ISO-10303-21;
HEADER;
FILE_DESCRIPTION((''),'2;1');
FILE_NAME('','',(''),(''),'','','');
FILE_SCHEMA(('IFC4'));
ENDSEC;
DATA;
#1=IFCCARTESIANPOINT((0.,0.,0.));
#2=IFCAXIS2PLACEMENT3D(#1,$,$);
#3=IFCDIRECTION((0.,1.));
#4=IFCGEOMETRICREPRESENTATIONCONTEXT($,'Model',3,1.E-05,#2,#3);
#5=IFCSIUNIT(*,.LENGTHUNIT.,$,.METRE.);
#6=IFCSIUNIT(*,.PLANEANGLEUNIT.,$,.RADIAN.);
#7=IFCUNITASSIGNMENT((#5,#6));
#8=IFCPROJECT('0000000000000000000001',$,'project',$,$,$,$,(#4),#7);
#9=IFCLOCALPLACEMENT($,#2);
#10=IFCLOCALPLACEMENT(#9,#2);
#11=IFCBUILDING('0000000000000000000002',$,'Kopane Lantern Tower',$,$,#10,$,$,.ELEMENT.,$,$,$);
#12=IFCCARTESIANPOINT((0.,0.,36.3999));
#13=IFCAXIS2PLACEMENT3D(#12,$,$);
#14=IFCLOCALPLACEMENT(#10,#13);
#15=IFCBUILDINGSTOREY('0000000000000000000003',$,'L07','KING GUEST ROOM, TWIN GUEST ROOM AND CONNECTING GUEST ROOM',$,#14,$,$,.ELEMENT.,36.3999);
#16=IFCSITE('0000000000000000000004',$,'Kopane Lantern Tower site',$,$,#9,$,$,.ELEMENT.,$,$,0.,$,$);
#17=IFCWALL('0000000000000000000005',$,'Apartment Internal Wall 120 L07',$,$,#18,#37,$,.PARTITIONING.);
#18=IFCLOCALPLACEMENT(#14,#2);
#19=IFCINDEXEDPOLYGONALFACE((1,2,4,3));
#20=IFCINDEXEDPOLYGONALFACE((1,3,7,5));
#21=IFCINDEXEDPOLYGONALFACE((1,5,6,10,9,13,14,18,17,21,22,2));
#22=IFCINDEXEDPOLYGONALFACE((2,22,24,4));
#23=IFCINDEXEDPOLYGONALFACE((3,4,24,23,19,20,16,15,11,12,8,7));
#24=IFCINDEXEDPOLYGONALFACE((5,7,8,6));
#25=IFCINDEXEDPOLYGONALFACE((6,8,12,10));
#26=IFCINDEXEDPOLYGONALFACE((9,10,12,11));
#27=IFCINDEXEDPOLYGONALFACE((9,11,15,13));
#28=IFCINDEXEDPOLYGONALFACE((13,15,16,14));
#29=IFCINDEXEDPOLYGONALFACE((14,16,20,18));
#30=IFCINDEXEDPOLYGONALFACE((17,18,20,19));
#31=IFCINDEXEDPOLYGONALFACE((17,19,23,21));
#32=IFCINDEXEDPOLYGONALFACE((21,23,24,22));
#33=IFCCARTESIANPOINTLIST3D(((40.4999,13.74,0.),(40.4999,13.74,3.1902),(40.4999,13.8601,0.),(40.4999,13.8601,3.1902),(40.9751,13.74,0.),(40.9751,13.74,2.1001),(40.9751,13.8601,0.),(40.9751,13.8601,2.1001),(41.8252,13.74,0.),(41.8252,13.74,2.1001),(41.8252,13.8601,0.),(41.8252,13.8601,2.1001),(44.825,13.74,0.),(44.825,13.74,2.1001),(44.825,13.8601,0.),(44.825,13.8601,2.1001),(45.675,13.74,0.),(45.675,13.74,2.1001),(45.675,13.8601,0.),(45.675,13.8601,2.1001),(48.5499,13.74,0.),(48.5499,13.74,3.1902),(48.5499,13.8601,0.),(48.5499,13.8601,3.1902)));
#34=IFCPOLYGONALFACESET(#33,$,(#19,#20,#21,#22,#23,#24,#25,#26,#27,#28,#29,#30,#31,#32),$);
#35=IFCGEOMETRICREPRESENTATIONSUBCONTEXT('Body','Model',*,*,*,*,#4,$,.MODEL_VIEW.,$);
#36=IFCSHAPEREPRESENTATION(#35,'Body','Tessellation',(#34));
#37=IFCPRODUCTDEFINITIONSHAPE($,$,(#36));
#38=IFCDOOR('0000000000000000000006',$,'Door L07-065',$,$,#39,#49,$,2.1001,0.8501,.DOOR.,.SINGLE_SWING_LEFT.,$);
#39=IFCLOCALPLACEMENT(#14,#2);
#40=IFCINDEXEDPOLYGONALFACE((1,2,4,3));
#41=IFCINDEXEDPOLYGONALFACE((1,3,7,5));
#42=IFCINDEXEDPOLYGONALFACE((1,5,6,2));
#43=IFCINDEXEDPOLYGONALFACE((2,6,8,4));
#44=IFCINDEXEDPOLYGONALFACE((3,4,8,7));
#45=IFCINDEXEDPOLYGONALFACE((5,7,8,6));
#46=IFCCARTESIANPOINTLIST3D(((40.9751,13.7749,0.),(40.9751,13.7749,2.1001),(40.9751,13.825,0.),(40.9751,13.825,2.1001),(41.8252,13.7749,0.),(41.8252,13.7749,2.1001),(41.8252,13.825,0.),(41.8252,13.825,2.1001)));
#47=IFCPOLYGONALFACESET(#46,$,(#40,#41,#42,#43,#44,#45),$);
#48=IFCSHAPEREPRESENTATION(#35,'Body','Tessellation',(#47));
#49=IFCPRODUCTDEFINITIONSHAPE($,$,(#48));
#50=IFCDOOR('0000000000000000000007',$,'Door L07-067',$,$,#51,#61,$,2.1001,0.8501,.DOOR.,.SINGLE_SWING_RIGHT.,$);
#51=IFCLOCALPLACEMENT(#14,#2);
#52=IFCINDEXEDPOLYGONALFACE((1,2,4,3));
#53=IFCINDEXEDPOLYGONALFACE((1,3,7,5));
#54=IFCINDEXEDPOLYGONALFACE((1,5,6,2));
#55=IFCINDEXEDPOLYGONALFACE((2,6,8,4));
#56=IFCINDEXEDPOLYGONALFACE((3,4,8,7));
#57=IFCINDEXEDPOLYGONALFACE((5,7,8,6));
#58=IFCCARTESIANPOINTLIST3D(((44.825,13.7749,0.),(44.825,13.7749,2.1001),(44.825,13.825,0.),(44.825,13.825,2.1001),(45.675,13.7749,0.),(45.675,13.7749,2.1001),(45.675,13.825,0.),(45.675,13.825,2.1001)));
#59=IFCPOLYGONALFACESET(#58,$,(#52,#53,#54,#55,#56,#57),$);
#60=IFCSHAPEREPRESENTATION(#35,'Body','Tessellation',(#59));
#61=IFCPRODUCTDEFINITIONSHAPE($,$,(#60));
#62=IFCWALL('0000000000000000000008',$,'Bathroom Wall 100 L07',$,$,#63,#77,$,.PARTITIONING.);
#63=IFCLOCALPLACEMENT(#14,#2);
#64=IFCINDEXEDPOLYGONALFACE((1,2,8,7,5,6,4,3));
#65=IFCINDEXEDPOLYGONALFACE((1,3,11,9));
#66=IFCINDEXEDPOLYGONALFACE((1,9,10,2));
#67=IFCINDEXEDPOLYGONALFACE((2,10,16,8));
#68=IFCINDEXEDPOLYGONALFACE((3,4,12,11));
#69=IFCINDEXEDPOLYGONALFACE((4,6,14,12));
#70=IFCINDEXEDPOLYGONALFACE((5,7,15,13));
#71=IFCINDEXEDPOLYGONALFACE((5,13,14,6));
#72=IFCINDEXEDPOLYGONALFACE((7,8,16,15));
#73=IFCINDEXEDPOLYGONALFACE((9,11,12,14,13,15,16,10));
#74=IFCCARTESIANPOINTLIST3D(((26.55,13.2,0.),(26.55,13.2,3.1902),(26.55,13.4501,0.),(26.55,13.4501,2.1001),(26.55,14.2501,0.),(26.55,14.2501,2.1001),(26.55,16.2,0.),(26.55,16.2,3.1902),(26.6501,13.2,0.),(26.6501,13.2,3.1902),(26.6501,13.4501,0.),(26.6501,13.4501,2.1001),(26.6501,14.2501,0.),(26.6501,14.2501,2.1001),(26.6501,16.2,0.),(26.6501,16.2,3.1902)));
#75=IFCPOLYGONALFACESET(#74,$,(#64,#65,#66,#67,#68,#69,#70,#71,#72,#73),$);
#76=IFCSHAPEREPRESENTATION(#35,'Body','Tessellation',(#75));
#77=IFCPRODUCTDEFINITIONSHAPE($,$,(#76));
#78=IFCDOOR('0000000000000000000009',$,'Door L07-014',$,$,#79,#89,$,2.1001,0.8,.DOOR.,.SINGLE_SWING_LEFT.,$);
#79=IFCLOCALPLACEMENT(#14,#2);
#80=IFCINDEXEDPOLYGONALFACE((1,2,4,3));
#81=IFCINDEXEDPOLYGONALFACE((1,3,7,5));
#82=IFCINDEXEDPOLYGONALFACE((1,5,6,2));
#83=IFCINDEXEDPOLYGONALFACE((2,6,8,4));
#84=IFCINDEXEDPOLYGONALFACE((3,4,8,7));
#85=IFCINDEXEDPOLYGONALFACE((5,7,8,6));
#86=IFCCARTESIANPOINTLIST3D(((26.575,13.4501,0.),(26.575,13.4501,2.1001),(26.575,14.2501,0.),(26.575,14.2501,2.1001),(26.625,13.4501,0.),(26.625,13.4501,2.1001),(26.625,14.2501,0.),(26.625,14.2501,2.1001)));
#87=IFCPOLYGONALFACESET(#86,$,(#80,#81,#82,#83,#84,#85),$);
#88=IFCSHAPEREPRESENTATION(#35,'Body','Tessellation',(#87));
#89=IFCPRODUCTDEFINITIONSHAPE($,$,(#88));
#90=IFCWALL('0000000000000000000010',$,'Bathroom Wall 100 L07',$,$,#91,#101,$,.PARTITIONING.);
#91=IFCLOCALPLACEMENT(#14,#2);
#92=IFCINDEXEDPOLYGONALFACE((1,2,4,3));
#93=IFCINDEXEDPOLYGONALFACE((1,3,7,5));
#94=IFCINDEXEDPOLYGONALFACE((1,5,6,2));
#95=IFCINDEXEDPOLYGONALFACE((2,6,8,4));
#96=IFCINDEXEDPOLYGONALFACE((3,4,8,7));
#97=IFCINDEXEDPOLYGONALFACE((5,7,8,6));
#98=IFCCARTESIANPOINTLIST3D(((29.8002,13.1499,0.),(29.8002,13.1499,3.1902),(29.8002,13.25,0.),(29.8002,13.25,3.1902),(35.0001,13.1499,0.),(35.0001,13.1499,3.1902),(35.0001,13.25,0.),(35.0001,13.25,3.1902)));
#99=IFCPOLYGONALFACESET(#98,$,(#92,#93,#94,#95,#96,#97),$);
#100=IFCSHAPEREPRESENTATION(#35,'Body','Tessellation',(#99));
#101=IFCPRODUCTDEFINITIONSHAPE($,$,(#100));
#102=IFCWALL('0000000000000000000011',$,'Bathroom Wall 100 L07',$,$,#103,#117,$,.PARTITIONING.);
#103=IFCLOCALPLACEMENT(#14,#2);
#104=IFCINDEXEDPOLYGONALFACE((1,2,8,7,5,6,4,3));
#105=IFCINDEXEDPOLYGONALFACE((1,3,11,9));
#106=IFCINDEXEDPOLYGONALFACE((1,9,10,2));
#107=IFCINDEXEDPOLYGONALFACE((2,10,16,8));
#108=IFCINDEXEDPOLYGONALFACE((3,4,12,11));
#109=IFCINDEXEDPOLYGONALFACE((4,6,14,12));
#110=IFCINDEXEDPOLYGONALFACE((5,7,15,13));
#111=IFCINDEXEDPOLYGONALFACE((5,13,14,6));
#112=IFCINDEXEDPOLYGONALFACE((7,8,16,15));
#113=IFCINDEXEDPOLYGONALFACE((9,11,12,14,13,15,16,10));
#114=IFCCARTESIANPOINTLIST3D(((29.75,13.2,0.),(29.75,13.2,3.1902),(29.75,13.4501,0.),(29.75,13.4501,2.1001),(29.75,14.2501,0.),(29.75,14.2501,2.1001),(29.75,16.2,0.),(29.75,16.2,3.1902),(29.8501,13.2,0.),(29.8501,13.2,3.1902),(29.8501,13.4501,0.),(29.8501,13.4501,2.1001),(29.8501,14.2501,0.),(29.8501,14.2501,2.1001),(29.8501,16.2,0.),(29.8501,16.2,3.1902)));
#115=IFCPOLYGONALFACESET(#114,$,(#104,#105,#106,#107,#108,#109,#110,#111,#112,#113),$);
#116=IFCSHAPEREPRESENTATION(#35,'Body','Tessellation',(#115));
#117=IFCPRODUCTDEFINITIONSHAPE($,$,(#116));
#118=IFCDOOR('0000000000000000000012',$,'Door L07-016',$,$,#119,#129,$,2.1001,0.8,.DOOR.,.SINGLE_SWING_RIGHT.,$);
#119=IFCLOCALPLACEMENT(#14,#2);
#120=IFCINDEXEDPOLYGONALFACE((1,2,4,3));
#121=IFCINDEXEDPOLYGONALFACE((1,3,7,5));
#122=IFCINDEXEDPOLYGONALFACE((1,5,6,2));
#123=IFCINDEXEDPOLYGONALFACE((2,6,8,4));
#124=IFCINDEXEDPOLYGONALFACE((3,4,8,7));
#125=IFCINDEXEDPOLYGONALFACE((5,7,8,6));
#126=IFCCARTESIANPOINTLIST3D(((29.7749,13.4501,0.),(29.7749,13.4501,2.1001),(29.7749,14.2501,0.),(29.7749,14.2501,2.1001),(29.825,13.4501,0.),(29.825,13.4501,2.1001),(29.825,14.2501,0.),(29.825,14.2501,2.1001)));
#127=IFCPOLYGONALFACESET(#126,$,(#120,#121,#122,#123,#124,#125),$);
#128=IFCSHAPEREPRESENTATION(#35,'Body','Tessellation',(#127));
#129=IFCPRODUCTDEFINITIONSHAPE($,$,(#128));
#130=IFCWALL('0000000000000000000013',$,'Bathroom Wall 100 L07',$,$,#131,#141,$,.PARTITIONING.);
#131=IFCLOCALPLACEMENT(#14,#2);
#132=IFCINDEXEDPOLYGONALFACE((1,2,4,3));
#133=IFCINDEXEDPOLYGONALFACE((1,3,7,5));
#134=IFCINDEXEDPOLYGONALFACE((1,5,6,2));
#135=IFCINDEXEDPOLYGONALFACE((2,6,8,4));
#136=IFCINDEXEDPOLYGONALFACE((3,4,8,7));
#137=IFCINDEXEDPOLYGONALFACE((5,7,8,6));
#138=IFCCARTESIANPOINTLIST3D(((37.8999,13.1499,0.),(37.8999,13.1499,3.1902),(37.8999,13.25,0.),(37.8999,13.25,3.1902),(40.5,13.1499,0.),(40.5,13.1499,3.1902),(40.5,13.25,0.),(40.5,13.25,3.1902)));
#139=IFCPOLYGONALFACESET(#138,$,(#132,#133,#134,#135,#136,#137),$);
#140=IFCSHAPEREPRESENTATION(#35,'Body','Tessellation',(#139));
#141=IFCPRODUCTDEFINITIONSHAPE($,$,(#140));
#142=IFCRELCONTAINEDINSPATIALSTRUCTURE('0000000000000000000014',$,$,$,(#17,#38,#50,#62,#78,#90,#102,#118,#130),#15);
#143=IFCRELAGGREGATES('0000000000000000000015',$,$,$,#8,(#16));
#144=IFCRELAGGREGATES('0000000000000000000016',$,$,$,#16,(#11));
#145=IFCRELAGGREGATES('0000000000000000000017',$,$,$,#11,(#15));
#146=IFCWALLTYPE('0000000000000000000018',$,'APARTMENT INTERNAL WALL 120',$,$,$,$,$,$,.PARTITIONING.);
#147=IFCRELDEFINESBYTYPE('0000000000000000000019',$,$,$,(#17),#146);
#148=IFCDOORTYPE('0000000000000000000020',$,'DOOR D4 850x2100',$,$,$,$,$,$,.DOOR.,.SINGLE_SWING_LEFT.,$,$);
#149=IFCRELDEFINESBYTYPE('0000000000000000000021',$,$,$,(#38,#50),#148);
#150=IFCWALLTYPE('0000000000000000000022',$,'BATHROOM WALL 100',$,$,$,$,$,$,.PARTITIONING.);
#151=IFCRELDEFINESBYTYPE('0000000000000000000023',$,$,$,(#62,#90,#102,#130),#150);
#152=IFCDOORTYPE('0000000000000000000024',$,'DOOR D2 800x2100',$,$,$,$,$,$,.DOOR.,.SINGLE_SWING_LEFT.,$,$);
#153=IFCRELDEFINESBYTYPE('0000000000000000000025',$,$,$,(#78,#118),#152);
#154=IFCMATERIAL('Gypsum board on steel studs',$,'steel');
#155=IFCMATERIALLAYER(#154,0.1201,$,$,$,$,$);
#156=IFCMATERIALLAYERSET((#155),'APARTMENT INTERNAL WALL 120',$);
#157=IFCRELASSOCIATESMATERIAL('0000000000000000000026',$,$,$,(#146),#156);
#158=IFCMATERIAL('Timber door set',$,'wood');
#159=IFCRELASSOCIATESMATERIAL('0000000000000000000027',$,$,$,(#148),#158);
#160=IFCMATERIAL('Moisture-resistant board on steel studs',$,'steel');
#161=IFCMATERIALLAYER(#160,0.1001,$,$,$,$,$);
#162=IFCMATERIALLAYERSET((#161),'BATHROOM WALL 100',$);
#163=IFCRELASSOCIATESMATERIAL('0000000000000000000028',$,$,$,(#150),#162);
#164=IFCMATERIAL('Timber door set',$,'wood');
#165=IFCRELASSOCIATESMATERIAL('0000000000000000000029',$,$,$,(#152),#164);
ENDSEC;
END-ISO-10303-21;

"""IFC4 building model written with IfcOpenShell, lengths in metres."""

from ifc_helpers import new_model, si_unit, direction, frame, frame_2d, origin, place, context, subcontext, project, spatial, rectangle, extrude, material, layer, layer_set, type_object, element, fill, save


model = new_model("IFC4")

# Units and contexts
model_context = context("Model", 3, precision=1e-05, world=origin(), true_north=direction((0.0, 1.0)))
body_context = subcontext(model_context, "Body", "Model", "MODEL_VIEW")
ifc_project = project(units=[si_unit("LENGTHUNIT", "METRE"), si_unit("PLANEANGLEUNIT", "RADIAN")], contexts=[model_context])

# Site, building, storey
site_placement = place(None, origin())
site = spatial("IfcSite", under=ifc_project, at=site_placement, Name="Kopane Lantern Tower site", CompositionType="ELEMENT", RefElevation=0.0)
building_placement = place(site_placement, origin())
building = spatial("IfcBuilding", under=site, at=building_placement, Name="Kopane Lantern Tower", CompositionType="ELEMENT")
storey_placement = place(building_placement, frame((0.0, 0.0, 36.3999)))
storey = spatial("IfcBuildingStorey", under=building, at=storey_placement, Name="L07", Description="KING GUEST ROOM, TWIN GUEST ROOM AND CONNECTING GUEST ROOM", CompositionType="ELEMENT", Elevation=36.3999)

# Wall, openings, doors
ifc_material_1 = material(Name="Gypsum board on steel studs", Category="steel")
ifc_layer_1 = layer(ifc_material_1, 0.1201)
ifc_layer_set_1 = layer_set([ifc_layer_1], Name="APARTMENT INTERNAL WALL 120")
wall_type_1 = type_object("IfcWallType", Name="APARTMENT INTERNAL WALL 120", PredefinedType="PARTITIONING", material=ifc_layer_set_1)
wall_1_placement = place(storey_placement, frame((40.5, 13.8, 0.0), z_axis=(0.0, 0.0, 1.0), x_axis=(1.0, 0.0, 0.0)))
wall_1 = element("IfcWall", 1, at=wall_1_placement, inside=storey, type_object=wall_type_1, Name="Apartment Internal Wall 120 L07", PredefinedType="PARTITIONING", context=body_context, shape_type="SweptSolid", body=[
    extrude(rectangle(XDim=8.05, YDim=0.1201, at=frame_2d((4.0249, 0.0))), origin(), (0.0, 0.0, 1.0), 3.1902),
])
opening_1_placement = place(wall_1_placement, frame((0.4751, 0.0, 0.0)))
opening_1 = element("IfcOpeningElement", 2, at=opening_1_placement, cuts=wall_1, PredefinedType="OPENING", context=body_context, shape_type="SweptSolid", body=[
    extrude(rectangle(XDim=0.8501, YDim=2.1001, at=frame_2d((0.425, 1.05))), frame((0.0, 0.0701, 0.0), z_axis=(0.0, -1.0, 0.0), x_axis=(1.0, 0.0, 0.0)), (0.0, 0.0, 1.0), 0.1401),
])
opening_2_placement = place(wall_1_placement, frame((4.325, 0.0, 0.0)))
opening_2 = element("IfcOpeningElement", 3, at=opening_2_placement, cuts=wall_1, PredefinedType="OPENING", context=body_context, shape_type="SweptSolid", body=[
    extrude(rectangle(XDim=0.8501, YDim=2.1001, at=frame_2d((0.425, 1.05))), frame((0.0, 0.0701, 0.0), z_axis=(0.0, -1.0, 0.0), x_axis=(1.0, 0.0, 0.0)), (0.0, 0.0, 1.0), 0.1401),
])
ifc_material_2 = material(Name="Timber door set", Category="wood")
door_type_1 = type_object("IfcDoorType", Name="DOOR D4 850x2100", OperationType="SINGLE_SWING_LEFT", PredefinedType="DOOR", material=ifc_material_2)
door_1_placement = place(opening_1_placement, origin())
door_1 = element("IfcDoor", 4, at=door_1_placement, inside=storey, type_object=door_type_1, Name="Door L07-065", OperationType="SINGLE_SWING_LEFT", OverallHeight=2.1001, OverallWidth=0.8501, PredefinedType="DOOR", context=body_context, shape_type="SweptSolid", body=[
    extrude(rectangle(XDim=0.8501, YDim=2.1001, at=frame_2d((0.425, 1.05))), frame((0.0, 0.0249, 0.0), z_axis=(0.0, -1.0, 0.0), x_axis=(1.0, 0.0, 0.0)), (0.0, 0.0, 1.0), 0.05),
])
fill(opening_1, door_1)
door_2_placement = place(opening_2_placement, origin())
door_2 = element("IfcDoor", 5, at=door_2_placement, inside=storey, type_object=door_type_1, Name="Door L07-067", OperationType="SINGLE_SWING_RIGHT", OverallHeight=2.1001, OverallWidth=0.8501, PredefinedType="DOOR", context=body_context, shape_type="SweptSolid", body=[
    extrude(rectangle(XDim=0.8501, YDim=2.1001, at=frame_2d((0.425, 1.05))), frame((0.0, 0.0249, 0.0), z_axis=(0.0, -1.0, 0.0), x_axis=(1.0, 0.0, 0.0)), (0.0, 0.0, 1.0), 0.05),
])
fill(opening_2, door_2)

# Wall, opening, door
ifc_material_3 = material(Name="Moisture-resistant board on steel studs", Category="steel")
ifc_layer_2 = layer(ifc_material_3, 0.1001)
ifc_layer_set_2 = layer_set([ifc_layer_2], Name="BATHROOM WALL 100")
wall_type_2 = type_object("IfcWallType", Name="BATHROOM WALL 100", PredefinedType="PARTITIONING", material=ifc_layer_set_2)
wall_2_placement = place(storey_placement, frame((26.6001, 16.2, 0.0), z_axis=(0.0, 0.0, 1.0), x_axis=(0.0, -1.0, 0.0)))
wall_2 = element("IfcWall", 6, at=wall_2_placement, inside=storey, type_object=wall_type_2, Name="Bathroom Wall 100 L07", PredefinedType="PARTITIONING", context=body_context, shape_type="SweptSolid", body=[
    extrude(rectangle(XDim=3.0, YDim=0.1001, at=frame_2d((1.5, 0.0))), origin(), (0.0, 0.0, 1.0), 3.1902),
])
opening_3_placement = place(wall_2_placement, frame((1.95, 0.0, 0.0)))
opening_3 = element("IfcOpeningElement", 7, at=opening_3_placement, cuts=wall_2, PredefinedType="OPENING", context=body_context, shape_type="SweptSolid", body=[
    extrude(rectangle(XDim=0.8, YDim=2.1001, at=frame_2d((0.3999, 1.05))), frame((0.0, 0.0601, 0.0), z_axis=(0.0, -1.0, 0.0), x_axis=(1.0, 0.0, 0.0)), (0.0, 0.0, 1.0), 0.1201),
])
ifc_material_4 = material(Name="Timber door set", Category="wood")
door_type_2 = type_object("IfcDoorType", Name="DOOR D2 800x2100", OperationType="SINGLE_SWING_LEFT", PredefinedType="DOOR", material=ifc_material_4)
door_3_placement = place(opening_3_placement, origin())
door_3 = element("IfcDoor", 8, at=door_3_placement, inside=storey, type_object=door_type_2, Name="Door L07-014", OperationType="SINGLE_SWING_LEFT", OverallHeight=2.1001, OverallWidth=0.8, PredefinedType="DOOR", context=body_context, shape_type="SweptSolid", body=[
    extrude(rectangle(XDim=0.8, YDim=2.1001, at=frame_2d((0.3999, 1.05))), frame((0.0, 0.0249, 0.0), z_axis=(0.0, -1.0, 0.0), x_axis=(1.0, 0.0, 0.0)), (0.0, 0.0, 1.0), 0.05),
])
fill(opening_3, door_3)

# Wall
wall_3_placement = place(storey_placement, frame((29.8, 13.2, 0.0), z_axis=(0.0, 0.0, 1.0), x_axis=(1.0, 0.0, 0.0)))
element("IfcWall", 9, at=wall_3_placement, inside=storey, type_object=wall_type_2, Name="Bathroom Wall 100 L07", PredefinedType="PARTITIONING", context=body_context, shape_type="SweptSolid", body=[
    extrude(rectangle(XDim=5.2, YDim=0.1001, at=frame_2d((2.6001, 0.0))), origin(), (0.0, 0.0, 1.0), 3.1902),
])

# Wall, opening, door
wall_4_placement = place(storey_placement, frame((29.8, 16.2, 0.0), z_axis=(0.0, 0.0, 1.0), x_axis=(0.0, -1.0, 0.0)))
wall_4 = element("IfcWall", 10, at=wall_4_placement, inside=storey, type_object=wall_type_2, Name="Bathroom Wall 100 L07", PredefinedType="PARTITIONING", context=body_context, shape_type="SweptSolid", body=[
    extrude(rectangle(XDim=3.0, YDim=0.1001, at=frame_2d((1.5, 0.0))), origin(), (0.0, 0.0, 1.0), 3.1902),
])
opening_4_placement = place(wall_4_placement, frame((1.95, 0.0, 0.0)))
opening_4 = element("IfcOpeningElement", 11, at=opening_4_placement, cuts=wall_4, PredefinedType="OPENING", context=body_context, shape_type="SweptSolid", body=[
    extrude(rectangle(XDim=0.8, YDim=2.1001, at=frame_2d((0.3999, 1.05))), frame((0.0, 0.0601, 0.0), z_axis=(0.0, -1.0, 0.0), x_axis=(1.0, 0.0, 0.0)), (0.0, 0.0, 1.0), 0.1201),
])
door_4_placement = place(opening_4_placement, origin())
door_4 = element("IfcDoor", 12, at=door_4_placement, inside=storey, type_object=door_type_2, Name="Door L07-016", OperationType="SINGLE_SWING_RIGHT", OverallHeight=2.1001, OverallWidth=0.8, PredefinedType="DOOR", context=body_context, shape_type="SweptSolid", body=[
    extrude(rectangle(XDim=0.8, YDim=2.1001, at=frame_2d((0.3999, 1.05))), frame((0.0, 0.0249, 0.0), z_axis=(0.0, -1.0, 0.0), x_axis=(1.0, 0.0, 0.0)), (0.0, 0.0, 1.0), 0.05),
])
fill(opening_4, door_4)

# Wall
wall_5_placement = place(storey_placement, frame((37.8999, 13.2, 0.0), z_axis=(0.0, 0.0, 1.0), x_axis=(1.0, 0.0, 0.0)))
element("IfcWall", 13, at=wall_5_placement, inside=storey, type_object=wall_type_2, Name="Bathroom Wall 100 L07", PredefinedType="PARTITIONING", context=body_context, shape_type="SweptSolid", body=[
    extrude(rectangle(XDim=2.6001, YDim=0.1001, at=frame_2d((1.3, 0.0))), origin(), (0.0, 0.0, 1.0), 3.1902),
])

save(model, "model.ifc")
